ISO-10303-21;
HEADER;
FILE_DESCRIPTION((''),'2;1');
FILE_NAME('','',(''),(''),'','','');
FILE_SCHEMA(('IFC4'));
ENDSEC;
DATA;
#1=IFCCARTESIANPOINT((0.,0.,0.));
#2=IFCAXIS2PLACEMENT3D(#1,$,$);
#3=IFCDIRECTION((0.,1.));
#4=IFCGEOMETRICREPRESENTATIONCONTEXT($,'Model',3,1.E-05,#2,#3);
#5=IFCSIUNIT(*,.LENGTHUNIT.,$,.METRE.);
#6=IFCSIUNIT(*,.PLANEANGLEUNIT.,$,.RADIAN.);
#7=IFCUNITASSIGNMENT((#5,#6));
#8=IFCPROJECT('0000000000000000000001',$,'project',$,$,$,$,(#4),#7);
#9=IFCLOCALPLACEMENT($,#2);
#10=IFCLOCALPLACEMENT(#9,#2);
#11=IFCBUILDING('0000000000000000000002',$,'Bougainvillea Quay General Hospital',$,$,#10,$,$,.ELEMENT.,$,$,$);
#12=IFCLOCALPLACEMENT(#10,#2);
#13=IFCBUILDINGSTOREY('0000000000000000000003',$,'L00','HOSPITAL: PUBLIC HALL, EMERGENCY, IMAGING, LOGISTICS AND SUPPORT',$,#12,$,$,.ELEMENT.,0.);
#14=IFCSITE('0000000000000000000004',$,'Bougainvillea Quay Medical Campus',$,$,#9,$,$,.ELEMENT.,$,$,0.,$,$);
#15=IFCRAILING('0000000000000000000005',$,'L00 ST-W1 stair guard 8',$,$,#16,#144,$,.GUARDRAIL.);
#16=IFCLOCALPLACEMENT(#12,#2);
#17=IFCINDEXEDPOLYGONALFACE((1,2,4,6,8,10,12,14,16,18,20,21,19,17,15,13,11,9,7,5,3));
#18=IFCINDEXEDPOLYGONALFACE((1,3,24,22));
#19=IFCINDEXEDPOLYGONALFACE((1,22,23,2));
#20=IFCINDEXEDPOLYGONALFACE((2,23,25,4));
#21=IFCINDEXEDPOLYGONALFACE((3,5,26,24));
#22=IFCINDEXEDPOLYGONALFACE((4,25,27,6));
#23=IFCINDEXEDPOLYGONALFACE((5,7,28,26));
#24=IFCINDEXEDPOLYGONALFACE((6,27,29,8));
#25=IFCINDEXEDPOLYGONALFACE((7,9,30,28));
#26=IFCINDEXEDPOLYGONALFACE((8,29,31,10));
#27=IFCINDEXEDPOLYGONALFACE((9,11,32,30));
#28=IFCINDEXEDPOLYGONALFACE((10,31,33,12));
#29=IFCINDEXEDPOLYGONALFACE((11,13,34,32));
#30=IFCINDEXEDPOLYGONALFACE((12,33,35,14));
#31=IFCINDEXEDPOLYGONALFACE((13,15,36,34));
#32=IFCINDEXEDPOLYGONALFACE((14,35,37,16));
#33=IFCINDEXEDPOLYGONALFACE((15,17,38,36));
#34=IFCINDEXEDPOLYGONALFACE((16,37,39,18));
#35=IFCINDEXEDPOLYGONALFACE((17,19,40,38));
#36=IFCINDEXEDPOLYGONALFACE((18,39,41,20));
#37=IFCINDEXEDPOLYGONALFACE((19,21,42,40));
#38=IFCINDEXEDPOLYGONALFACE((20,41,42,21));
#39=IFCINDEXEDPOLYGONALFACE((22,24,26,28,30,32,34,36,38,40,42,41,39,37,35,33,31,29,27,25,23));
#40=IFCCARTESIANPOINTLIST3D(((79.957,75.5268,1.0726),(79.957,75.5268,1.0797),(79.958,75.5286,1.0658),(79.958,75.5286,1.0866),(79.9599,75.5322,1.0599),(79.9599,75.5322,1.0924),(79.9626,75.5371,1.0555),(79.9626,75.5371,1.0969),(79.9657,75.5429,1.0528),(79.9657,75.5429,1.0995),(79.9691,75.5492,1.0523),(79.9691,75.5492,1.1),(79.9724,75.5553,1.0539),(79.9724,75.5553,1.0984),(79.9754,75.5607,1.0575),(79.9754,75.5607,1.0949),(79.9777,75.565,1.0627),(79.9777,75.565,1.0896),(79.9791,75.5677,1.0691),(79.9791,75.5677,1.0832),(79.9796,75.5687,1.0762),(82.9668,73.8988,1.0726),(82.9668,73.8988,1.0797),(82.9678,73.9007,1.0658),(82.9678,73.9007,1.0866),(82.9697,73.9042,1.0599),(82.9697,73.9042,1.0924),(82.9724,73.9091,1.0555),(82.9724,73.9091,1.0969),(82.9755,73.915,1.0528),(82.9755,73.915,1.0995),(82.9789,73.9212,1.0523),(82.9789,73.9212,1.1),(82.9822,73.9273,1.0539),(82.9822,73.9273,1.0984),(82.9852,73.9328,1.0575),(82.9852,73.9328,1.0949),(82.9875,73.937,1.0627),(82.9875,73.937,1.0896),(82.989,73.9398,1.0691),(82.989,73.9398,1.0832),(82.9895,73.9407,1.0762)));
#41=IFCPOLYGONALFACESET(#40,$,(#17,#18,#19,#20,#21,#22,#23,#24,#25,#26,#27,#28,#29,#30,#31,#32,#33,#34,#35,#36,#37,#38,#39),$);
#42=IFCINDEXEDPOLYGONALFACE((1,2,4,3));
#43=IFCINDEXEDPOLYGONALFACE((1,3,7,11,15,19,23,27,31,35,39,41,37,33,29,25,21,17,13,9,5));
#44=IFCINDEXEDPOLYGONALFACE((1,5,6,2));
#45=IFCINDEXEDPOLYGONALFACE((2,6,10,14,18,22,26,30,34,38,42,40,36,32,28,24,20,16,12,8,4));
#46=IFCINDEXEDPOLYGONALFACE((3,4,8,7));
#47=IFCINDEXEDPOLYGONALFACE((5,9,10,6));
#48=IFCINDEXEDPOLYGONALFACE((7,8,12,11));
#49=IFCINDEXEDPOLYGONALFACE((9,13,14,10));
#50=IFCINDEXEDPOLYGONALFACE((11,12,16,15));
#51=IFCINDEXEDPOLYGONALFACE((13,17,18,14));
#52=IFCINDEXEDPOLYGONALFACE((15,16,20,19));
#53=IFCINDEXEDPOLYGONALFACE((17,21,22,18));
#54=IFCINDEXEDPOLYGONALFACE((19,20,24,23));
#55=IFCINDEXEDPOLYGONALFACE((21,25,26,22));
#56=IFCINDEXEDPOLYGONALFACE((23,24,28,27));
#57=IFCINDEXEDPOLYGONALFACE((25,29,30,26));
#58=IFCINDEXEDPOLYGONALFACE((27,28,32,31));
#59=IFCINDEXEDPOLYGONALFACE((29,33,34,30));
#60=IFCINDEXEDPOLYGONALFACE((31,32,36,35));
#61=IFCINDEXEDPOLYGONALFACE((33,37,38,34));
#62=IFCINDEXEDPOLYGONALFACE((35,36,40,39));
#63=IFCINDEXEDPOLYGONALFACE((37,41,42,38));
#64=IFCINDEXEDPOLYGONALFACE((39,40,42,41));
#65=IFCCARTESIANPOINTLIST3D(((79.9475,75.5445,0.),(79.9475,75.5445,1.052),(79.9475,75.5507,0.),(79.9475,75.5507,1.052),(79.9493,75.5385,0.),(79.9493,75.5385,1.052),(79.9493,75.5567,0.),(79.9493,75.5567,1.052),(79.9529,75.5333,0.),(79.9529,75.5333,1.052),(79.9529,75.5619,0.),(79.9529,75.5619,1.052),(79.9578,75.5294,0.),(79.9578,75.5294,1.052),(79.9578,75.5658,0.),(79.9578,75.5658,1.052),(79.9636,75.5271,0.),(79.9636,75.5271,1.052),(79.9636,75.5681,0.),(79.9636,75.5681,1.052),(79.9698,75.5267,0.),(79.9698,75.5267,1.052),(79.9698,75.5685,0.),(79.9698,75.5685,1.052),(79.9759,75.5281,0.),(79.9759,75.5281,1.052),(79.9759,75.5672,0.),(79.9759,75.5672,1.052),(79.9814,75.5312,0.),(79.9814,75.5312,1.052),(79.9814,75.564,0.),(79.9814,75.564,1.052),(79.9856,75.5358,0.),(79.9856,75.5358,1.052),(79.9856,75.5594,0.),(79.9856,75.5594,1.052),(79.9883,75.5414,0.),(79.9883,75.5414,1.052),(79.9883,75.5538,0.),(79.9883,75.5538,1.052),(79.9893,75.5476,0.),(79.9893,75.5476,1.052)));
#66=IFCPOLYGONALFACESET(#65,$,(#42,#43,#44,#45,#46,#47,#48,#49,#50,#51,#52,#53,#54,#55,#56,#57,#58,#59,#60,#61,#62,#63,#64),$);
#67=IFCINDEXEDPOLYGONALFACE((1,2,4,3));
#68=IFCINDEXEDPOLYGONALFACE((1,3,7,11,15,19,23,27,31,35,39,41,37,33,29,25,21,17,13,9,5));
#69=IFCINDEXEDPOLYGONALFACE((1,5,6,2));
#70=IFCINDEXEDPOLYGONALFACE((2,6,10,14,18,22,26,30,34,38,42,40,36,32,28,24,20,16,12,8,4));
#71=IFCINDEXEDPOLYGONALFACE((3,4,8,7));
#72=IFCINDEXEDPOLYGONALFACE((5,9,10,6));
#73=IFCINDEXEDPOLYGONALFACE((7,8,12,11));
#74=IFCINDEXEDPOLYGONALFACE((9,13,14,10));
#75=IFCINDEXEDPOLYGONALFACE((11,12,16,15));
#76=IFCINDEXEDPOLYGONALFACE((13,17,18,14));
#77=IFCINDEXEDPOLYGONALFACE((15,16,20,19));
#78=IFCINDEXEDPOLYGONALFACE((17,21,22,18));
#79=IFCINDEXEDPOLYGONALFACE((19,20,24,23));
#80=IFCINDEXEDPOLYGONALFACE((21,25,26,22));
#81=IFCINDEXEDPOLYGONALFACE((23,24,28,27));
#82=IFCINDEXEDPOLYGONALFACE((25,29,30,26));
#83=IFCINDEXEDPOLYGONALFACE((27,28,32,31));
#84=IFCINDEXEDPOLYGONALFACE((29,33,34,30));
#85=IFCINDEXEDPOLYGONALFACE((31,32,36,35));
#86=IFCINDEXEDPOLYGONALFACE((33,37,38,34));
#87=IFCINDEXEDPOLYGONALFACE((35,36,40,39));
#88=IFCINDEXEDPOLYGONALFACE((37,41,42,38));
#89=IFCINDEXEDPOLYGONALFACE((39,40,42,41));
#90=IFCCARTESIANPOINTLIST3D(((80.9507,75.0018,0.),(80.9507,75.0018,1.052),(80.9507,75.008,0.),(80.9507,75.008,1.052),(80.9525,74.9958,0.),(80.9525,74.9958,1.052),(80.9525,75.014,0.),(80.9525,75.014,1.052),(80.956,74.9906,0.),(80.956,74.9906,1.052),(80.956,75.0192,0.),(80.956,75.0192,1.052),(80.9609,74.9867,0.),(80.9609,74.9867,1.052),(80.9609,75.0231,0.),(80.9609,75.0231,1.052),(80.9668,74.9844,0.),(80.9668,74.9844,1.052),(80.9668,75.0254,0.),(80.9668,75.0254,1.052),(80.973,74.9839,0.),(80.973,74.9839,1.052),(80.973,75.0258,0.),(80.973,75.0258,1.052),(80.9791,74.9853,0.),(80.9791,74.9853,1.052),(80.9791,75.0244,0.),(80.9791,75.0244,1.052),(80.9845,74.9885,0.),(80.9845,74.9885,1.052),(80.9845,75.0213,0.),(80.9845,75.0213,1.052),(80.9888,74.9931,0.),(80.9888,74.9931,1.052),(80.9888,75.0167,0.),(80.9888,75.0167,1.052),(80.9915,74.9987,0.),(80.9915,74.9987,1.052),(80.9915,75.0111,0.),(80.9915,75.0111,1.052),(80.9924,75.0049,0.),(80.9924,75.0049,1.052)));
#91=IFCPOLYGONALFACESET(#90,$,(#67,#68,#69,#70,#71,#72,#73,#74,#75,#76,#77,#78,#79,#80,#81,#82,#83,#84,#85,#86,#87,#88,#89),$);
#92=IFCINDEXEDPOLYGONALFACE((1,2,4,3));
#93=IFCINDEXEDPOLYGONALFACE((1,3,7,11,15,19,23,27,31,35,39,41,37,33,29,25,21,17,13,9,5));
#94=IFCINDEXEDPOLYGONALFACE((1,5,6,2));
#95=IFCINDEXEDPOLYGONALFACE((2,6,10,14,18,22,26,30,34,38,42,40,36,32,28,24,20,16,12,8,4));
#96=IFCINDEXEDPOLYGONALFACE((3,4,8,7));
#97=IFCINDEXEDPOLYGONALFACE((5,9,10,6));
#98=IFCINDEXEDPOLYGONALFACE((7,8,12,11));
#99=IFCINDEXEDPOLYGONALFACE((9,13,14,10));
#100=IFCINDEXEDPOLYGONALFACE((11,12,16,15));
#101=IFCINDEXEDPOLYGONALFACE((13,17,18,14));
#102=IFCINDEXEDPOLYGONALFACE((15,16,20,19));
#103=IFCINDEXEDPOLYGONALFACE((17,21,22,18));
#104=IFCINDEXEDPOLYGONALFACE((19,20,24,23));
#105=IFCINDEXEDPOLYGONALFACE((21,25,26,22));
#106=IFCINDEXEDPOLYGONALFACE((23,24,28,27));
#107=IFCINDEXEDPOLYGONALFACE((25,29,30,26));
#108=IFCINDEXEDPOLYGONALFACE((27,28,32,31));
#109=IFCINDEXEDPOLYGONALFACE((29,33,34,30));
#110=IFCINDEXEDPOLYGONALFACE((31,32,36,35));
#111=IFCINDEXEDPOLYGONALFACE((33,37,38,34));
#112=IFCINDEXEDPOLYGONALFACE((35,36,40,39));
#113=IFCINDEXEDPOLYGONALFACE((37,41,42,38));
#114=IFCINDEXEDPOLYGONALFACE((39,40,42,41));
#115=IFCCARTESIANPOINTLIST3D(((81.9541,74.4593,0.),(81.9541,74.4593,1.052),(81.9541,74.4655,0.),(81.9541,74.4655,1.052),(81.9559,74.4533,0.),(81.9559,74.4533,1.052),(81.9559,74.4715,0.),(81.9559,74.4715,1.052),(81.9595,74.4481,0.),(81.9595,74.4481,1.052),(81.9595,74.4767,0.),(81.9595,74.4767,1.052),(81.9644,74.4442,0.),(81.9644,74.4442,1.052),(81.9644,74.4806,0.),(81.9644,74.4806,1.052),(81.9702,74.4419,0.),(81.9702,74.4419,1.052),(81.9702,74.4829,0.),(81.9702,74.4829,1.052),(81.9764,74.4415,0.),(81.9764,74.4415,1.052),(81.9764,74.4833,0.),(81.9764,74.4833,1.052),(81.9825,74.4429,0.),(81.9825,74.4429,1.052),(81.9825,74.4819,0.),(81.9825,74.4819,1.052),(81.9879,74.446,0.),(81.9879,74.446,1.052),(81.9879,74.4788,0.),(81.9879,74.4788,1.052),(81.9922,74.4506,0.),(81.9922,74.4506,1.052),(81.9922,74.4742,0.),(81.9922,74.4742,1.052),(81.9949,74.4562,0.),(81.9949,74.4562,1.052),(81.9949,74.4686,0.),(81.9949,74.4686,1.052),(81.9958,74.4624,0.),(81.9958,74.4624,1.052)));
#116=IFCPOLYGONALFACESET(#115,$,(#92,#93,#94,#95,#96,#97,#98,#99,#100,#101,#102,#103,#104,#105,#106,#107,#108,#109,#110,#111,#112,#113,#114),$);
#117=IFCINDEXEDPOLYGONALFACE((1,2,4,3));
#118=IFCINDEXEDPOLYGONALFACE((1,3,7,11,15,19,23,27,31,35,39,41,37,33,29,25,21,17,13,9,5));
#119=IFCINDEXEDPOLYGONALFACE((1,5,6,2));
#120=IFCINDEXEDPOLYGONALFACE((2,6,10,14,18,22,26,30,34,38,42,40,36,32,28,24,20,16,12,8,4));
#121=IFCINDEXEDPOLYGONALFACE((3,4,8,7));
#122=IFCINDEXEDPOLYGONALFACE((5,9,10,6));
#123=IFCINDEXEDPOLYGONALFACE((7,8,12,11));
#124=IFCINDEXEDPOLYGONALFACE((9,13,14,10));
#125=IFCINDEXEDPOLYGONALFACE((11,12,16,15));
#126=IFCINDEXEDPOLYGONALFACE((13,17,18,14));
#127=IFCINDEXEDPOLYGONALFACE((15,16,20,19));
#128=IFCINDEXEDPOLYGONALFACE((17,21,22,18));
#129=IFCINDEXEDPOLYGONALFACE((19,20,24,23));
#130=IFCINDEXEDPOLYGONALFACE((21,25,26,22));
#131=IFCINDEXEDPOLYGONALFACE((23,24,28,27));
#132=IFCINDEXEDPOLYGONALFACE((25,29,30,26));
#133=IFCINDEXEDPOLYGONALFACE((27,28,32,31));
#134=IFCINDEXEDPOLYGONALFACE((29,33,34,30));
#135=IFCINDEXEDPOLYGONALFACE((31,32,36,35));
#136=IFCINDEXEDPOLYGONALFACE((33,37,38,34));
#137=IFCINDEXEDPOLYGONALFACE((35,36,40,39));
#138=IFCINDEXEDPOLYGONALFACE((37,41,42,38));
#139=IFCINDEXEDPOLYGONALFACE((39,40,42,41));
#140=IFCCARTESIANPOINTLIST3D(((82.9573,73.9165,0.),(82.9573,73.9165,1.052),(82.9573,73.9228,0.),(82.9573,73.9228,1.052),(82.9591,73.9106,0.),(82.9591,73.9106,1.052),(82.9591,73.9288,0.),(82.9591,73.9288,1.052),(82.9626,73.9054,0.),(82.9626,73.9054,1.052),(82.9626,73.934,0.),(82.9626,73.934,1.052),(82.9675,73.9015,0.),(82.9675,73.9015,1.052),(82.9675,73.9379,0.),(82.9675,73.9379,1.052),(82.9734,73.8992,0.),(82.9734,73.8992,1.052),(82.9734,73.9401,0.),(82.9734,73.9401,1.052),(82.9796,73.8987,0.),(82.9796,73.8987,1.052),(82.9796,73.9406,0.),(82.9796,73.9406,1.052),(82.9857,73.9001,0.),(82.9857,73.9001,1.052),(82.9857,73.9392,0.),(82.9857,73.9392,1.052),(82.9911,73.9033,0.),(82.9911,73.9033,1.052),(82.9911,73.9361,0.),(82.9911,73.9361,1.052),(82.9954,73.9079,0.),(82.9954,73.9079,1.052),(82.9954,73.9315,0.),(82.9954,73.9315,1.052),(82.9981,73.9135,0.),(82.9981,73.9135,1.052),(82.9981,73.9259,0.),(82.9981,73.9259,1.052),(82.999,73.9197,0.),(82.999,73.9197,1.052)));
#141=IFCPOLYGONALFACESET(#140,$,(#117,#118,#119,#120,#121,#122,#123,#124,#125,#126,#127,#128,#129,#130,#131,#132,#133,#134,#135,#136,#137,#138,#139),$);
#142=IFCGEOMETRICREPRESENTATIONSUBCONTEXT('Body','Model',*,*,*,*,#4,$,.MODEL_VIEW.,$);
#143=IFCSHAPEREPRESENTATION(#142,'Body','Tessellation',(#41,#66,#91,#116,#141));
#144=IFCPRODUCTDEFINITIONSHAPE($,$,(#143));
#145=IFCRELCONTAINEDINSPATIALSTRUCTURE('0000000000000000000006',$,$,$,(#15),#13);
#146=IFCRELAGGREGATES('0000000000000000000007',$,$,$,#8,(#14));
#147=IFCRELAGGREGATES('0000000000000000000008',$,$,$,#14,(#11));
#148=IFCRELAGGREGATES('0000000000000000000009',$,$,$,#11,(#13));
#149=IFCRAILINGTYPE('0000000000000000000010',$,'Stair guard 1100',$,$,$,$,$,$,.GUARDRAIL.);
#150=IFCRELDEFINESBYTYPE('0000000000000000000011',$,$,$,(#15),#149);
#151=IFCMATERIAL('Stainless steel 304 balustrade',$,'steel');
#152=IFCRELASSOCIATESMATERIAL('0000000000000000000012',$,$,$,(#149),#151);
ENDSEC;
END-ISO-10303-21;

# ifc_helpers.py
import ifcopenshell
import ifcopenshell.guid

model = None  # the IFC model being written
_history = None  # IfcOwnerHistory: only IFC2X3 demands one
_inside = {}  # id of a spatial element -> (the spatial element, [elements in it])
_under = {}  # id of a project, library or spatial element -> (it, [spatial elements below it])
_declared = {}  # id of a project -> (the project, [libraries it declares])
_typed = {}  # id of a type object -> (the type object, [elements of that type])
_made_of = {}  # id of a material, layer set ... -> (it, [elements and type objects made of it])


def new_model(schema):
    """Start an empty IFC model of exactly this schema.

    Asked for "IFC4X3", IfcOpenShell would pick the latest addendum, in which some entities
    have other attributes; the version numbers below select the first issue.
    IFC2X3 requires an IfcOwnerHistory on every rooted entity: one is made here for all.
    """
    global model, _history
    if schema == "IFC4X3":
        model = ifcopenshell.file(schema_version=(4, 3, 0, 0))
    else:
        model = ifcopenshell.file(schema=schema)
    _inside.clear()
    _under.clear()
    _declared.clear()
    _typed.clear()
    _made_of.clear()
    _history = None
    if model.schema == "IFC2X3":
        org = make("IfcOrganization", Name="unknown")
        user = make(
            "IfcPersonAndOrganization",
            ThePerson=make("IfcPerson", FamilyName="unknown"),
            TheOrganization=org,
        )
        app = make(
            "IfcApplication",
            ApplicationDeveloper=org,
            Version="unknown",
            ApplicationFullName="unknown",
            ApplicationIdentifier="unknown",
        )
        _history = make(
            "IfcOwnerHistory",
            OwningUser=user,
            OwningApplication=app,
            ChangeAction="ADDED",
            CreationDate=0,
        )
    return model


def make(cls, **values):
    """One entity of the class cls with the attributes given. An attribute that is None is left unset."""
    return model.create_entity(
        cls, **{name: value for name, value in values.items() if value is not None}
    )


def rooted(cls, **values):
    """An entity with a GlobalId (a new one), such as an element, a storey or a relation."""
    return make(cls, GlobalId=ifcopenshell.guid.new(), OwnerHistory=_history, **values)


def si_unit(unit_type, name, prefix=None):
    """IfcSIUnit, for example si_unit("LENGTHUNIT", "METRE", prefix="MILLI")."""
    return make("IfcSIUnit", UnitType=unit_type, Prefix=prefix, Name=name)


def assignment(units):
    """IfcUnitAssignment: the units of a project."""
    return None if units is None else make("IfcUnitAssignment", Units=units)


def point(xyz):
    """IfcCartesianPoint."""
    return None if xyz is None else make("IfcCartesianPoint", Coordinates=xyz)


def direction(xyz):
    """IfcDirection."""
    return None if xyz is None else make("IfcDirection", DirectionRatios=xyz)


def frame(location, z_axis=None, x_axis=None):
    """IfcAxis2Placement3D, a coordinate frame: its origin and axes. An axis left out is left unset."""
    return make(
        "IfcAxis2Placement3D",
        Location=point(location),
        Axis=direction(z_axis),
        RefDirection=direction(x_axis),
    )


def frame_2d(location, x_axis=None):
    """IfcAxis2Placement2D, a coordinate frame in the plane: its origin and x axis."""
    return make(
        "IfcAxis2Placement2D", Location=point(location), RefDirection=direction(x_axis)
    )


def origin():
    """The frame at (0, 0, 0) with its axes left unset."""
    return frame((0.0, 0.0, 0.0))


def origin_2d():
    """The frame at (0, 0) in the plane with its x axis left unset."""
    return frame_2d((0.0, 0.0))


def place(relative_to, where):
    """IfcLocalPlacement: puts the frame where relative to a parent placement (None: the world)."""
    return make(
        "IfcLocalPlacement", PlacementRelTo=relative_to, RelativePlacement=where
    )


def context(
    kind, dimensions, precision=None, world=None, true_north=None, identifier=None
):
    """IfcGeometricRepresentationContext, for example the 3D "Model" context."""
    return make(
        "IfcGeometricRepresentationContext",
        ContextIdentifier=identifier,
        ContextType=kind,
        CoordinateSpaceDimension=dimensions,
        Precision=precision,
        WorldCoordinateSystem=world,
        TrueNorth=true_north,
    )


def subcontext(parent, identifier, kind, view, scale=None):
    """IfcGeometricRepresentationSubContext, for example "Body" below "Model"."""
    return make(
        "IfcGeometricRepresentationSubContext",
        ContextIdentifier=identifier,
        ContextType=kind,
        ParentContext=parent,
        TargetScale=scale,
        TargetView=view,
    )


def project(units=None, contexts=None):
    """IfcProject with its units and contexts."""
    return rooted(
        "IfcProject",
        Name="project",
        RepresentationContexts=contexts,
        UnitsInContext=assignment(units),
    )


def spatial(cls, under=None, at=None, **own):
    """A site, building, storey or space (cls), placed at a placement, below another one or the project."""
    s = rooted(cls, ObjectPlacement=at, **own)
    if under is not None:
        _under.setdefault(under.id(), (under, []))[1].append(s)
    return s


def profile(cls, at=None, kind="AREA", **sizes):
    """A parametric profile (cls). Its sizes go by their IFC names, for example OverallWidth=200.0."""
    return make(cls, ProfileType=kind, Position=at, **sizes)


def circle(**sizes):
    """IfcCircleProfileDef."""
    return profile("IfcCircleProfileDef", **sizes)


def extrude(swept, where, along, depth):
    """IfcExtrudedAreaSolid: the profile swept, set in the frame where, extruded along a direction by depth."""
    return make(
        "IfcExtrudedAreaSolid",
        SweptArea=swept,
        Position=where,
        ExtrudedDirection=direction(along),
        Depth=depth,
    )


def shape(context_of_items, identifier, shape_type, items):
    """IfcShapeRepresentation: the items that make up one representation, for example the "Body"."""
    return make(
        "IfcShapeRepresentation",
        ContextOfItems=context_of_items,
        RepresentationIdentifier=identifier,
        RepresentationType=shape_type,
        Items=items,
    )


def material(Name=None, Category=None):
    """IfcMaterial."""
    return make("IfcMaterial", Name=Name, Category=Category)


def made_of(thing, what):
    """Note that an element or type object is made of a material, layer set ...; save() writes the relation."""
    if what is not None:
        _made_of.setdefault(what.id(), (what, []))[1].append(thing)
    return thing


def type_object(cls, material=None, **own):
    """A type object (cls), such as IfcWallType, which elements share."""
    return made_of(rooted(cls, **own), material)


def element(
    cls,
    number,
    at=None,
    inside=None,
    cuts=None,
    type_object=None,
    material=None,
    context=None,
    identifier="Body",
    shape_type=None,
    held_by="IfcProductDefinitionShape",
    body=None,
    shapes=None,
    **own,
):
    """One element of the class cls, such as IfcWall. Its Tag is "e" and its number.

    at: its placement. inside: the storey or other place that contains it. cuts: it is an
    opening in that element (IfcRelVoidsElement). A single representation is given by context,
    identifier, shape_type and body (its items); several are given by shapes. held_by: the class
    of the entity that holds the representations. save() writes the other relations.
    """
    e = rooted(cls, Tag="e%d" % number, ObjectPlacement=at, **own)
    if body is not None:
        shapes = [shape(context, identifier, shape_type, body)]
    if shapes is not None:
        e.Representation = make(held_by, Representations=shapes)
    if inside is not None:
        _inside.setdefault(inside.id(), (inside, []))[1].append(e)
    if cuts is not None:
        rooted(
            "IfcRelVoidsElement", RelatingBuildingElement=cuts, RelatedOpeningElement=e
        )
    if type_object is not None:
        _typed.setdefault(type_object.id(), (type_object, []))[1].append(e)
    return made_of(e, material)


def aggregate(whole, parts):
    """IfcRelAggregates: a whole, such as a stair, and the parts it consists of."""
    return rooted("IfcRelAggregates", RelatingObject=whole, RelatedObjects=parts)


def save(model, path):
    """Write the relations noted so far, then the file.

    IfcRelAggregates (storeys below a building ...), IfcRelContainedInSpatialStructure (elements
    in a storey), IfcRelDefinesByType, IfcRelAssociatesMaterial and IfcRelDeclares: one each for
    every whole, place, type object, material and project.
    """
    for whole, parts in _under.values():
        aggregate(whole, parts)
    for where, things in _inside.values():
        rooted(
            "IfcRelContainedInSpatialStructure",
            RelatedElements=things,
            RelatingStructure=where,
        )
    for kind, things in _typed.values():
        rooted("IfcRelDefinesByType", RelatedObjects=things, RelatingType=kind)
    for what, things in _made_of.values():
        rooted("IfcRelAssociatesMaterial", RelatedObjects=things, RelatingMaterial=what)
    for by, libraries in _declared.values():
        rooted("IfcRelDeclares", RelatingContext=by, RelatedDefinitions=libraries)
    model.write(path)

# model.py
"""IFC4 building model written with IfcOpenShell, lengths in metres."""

from ifc_helpers import new_model, si_unit, direction, frame, origin, origin_2d, place, context, subcontext, project, spatial, circle, extrude, material, type_object, element, save


model = new_model("IFC4")

# Units and contexts
model_context = context("Model", 3, precision=1e-05, world=origin(), true_north=direction((0.0, 1.0)))
body_context = subcontext(model_context, "Body", "Model", "MODEL_VIEW")
ifc_project = project(units=[si_unit("LENGTHUNIT", "METRE"), si_unit("PLANEANGLEUNIT", "RADIAN")], contexts=[model_context])

# Site, building, storey
site_placement = place(None, origin())
site = spatial("IfcSite", under=ifc_project, at=site_placement, Name="Bougainvillea Quay Medical Campus", CompositionType="ELEMENT", RefElevation=0.0)
building_placement = place(site_placement, origin())
building = spatial("IfcBuilding", under=site, at=building_placement, Name="Bougainvillea Quay General Hospital", CompositionType="ELEMENT")
storey_placement = place(building_placement, origin())
storey = spatial("IfcBuildingStorey", under=building, at=storey_placement, Name="L00", Description="HOSPITAL: PUBLIC HALL, EMERGENCY, IMAGING, LOGISTICS AND SUPPORT", CompositionType="ELEMENT", Elevation=0.0)

# Railing
ifc_material_1 = material(Name="Stainless steel 304 balustrade", Category="steel")
railing_type_1 = type_object("IfcRailingType", Name="Stair guard 1100", PredefinedType="GUARDRAIL", material=ifc_material_1)
railing_1_placement = place(storey_placement, frame((79.9683, 75.5476, 0.0)))
element("IfcRailing", 1, at=railing_1_placement, inside=storey, type_object=railing_type_1, Name="L00 ST-W1 stair guard 8", PredefinedType="GUARDRAIL", context=body_context, shape_type="SweptSolid", body=[
    extrude(circle(Radius=0.0239, at=origin_2d()), frame((0.0, 0.0, 1.0762), z_axis=(0.879581, -0.47575, 0.0), x_axis=(0.47575, 0.879581, 0.0)), (0.0, 0.0, 1.0), 3.4219),
    extrude(circle(Radius=0.021, at=origin_2d()), origin(), (0.0, 0.0, 1.0), 1.052),
    extrude(circle(Radius=0.021, at=origin_2d()), frame((1.0032, -0.5427, 0.0)), (0.0, 0.0, 1.0), 1.052),
    extrude(circle(Radius=0.021, at=origin_2d()), frame((2.0066, -1.0852, 0.0)), (0.0, 0.0, 1.0), 1.052),
    extrude(circle(Radius=0.021, at=origin_2d()), frame((3.0098, -1.6279, 0.0)), (0.0, 0.0, 1.0), 1.052),
])

save(model, "model.ifc")
